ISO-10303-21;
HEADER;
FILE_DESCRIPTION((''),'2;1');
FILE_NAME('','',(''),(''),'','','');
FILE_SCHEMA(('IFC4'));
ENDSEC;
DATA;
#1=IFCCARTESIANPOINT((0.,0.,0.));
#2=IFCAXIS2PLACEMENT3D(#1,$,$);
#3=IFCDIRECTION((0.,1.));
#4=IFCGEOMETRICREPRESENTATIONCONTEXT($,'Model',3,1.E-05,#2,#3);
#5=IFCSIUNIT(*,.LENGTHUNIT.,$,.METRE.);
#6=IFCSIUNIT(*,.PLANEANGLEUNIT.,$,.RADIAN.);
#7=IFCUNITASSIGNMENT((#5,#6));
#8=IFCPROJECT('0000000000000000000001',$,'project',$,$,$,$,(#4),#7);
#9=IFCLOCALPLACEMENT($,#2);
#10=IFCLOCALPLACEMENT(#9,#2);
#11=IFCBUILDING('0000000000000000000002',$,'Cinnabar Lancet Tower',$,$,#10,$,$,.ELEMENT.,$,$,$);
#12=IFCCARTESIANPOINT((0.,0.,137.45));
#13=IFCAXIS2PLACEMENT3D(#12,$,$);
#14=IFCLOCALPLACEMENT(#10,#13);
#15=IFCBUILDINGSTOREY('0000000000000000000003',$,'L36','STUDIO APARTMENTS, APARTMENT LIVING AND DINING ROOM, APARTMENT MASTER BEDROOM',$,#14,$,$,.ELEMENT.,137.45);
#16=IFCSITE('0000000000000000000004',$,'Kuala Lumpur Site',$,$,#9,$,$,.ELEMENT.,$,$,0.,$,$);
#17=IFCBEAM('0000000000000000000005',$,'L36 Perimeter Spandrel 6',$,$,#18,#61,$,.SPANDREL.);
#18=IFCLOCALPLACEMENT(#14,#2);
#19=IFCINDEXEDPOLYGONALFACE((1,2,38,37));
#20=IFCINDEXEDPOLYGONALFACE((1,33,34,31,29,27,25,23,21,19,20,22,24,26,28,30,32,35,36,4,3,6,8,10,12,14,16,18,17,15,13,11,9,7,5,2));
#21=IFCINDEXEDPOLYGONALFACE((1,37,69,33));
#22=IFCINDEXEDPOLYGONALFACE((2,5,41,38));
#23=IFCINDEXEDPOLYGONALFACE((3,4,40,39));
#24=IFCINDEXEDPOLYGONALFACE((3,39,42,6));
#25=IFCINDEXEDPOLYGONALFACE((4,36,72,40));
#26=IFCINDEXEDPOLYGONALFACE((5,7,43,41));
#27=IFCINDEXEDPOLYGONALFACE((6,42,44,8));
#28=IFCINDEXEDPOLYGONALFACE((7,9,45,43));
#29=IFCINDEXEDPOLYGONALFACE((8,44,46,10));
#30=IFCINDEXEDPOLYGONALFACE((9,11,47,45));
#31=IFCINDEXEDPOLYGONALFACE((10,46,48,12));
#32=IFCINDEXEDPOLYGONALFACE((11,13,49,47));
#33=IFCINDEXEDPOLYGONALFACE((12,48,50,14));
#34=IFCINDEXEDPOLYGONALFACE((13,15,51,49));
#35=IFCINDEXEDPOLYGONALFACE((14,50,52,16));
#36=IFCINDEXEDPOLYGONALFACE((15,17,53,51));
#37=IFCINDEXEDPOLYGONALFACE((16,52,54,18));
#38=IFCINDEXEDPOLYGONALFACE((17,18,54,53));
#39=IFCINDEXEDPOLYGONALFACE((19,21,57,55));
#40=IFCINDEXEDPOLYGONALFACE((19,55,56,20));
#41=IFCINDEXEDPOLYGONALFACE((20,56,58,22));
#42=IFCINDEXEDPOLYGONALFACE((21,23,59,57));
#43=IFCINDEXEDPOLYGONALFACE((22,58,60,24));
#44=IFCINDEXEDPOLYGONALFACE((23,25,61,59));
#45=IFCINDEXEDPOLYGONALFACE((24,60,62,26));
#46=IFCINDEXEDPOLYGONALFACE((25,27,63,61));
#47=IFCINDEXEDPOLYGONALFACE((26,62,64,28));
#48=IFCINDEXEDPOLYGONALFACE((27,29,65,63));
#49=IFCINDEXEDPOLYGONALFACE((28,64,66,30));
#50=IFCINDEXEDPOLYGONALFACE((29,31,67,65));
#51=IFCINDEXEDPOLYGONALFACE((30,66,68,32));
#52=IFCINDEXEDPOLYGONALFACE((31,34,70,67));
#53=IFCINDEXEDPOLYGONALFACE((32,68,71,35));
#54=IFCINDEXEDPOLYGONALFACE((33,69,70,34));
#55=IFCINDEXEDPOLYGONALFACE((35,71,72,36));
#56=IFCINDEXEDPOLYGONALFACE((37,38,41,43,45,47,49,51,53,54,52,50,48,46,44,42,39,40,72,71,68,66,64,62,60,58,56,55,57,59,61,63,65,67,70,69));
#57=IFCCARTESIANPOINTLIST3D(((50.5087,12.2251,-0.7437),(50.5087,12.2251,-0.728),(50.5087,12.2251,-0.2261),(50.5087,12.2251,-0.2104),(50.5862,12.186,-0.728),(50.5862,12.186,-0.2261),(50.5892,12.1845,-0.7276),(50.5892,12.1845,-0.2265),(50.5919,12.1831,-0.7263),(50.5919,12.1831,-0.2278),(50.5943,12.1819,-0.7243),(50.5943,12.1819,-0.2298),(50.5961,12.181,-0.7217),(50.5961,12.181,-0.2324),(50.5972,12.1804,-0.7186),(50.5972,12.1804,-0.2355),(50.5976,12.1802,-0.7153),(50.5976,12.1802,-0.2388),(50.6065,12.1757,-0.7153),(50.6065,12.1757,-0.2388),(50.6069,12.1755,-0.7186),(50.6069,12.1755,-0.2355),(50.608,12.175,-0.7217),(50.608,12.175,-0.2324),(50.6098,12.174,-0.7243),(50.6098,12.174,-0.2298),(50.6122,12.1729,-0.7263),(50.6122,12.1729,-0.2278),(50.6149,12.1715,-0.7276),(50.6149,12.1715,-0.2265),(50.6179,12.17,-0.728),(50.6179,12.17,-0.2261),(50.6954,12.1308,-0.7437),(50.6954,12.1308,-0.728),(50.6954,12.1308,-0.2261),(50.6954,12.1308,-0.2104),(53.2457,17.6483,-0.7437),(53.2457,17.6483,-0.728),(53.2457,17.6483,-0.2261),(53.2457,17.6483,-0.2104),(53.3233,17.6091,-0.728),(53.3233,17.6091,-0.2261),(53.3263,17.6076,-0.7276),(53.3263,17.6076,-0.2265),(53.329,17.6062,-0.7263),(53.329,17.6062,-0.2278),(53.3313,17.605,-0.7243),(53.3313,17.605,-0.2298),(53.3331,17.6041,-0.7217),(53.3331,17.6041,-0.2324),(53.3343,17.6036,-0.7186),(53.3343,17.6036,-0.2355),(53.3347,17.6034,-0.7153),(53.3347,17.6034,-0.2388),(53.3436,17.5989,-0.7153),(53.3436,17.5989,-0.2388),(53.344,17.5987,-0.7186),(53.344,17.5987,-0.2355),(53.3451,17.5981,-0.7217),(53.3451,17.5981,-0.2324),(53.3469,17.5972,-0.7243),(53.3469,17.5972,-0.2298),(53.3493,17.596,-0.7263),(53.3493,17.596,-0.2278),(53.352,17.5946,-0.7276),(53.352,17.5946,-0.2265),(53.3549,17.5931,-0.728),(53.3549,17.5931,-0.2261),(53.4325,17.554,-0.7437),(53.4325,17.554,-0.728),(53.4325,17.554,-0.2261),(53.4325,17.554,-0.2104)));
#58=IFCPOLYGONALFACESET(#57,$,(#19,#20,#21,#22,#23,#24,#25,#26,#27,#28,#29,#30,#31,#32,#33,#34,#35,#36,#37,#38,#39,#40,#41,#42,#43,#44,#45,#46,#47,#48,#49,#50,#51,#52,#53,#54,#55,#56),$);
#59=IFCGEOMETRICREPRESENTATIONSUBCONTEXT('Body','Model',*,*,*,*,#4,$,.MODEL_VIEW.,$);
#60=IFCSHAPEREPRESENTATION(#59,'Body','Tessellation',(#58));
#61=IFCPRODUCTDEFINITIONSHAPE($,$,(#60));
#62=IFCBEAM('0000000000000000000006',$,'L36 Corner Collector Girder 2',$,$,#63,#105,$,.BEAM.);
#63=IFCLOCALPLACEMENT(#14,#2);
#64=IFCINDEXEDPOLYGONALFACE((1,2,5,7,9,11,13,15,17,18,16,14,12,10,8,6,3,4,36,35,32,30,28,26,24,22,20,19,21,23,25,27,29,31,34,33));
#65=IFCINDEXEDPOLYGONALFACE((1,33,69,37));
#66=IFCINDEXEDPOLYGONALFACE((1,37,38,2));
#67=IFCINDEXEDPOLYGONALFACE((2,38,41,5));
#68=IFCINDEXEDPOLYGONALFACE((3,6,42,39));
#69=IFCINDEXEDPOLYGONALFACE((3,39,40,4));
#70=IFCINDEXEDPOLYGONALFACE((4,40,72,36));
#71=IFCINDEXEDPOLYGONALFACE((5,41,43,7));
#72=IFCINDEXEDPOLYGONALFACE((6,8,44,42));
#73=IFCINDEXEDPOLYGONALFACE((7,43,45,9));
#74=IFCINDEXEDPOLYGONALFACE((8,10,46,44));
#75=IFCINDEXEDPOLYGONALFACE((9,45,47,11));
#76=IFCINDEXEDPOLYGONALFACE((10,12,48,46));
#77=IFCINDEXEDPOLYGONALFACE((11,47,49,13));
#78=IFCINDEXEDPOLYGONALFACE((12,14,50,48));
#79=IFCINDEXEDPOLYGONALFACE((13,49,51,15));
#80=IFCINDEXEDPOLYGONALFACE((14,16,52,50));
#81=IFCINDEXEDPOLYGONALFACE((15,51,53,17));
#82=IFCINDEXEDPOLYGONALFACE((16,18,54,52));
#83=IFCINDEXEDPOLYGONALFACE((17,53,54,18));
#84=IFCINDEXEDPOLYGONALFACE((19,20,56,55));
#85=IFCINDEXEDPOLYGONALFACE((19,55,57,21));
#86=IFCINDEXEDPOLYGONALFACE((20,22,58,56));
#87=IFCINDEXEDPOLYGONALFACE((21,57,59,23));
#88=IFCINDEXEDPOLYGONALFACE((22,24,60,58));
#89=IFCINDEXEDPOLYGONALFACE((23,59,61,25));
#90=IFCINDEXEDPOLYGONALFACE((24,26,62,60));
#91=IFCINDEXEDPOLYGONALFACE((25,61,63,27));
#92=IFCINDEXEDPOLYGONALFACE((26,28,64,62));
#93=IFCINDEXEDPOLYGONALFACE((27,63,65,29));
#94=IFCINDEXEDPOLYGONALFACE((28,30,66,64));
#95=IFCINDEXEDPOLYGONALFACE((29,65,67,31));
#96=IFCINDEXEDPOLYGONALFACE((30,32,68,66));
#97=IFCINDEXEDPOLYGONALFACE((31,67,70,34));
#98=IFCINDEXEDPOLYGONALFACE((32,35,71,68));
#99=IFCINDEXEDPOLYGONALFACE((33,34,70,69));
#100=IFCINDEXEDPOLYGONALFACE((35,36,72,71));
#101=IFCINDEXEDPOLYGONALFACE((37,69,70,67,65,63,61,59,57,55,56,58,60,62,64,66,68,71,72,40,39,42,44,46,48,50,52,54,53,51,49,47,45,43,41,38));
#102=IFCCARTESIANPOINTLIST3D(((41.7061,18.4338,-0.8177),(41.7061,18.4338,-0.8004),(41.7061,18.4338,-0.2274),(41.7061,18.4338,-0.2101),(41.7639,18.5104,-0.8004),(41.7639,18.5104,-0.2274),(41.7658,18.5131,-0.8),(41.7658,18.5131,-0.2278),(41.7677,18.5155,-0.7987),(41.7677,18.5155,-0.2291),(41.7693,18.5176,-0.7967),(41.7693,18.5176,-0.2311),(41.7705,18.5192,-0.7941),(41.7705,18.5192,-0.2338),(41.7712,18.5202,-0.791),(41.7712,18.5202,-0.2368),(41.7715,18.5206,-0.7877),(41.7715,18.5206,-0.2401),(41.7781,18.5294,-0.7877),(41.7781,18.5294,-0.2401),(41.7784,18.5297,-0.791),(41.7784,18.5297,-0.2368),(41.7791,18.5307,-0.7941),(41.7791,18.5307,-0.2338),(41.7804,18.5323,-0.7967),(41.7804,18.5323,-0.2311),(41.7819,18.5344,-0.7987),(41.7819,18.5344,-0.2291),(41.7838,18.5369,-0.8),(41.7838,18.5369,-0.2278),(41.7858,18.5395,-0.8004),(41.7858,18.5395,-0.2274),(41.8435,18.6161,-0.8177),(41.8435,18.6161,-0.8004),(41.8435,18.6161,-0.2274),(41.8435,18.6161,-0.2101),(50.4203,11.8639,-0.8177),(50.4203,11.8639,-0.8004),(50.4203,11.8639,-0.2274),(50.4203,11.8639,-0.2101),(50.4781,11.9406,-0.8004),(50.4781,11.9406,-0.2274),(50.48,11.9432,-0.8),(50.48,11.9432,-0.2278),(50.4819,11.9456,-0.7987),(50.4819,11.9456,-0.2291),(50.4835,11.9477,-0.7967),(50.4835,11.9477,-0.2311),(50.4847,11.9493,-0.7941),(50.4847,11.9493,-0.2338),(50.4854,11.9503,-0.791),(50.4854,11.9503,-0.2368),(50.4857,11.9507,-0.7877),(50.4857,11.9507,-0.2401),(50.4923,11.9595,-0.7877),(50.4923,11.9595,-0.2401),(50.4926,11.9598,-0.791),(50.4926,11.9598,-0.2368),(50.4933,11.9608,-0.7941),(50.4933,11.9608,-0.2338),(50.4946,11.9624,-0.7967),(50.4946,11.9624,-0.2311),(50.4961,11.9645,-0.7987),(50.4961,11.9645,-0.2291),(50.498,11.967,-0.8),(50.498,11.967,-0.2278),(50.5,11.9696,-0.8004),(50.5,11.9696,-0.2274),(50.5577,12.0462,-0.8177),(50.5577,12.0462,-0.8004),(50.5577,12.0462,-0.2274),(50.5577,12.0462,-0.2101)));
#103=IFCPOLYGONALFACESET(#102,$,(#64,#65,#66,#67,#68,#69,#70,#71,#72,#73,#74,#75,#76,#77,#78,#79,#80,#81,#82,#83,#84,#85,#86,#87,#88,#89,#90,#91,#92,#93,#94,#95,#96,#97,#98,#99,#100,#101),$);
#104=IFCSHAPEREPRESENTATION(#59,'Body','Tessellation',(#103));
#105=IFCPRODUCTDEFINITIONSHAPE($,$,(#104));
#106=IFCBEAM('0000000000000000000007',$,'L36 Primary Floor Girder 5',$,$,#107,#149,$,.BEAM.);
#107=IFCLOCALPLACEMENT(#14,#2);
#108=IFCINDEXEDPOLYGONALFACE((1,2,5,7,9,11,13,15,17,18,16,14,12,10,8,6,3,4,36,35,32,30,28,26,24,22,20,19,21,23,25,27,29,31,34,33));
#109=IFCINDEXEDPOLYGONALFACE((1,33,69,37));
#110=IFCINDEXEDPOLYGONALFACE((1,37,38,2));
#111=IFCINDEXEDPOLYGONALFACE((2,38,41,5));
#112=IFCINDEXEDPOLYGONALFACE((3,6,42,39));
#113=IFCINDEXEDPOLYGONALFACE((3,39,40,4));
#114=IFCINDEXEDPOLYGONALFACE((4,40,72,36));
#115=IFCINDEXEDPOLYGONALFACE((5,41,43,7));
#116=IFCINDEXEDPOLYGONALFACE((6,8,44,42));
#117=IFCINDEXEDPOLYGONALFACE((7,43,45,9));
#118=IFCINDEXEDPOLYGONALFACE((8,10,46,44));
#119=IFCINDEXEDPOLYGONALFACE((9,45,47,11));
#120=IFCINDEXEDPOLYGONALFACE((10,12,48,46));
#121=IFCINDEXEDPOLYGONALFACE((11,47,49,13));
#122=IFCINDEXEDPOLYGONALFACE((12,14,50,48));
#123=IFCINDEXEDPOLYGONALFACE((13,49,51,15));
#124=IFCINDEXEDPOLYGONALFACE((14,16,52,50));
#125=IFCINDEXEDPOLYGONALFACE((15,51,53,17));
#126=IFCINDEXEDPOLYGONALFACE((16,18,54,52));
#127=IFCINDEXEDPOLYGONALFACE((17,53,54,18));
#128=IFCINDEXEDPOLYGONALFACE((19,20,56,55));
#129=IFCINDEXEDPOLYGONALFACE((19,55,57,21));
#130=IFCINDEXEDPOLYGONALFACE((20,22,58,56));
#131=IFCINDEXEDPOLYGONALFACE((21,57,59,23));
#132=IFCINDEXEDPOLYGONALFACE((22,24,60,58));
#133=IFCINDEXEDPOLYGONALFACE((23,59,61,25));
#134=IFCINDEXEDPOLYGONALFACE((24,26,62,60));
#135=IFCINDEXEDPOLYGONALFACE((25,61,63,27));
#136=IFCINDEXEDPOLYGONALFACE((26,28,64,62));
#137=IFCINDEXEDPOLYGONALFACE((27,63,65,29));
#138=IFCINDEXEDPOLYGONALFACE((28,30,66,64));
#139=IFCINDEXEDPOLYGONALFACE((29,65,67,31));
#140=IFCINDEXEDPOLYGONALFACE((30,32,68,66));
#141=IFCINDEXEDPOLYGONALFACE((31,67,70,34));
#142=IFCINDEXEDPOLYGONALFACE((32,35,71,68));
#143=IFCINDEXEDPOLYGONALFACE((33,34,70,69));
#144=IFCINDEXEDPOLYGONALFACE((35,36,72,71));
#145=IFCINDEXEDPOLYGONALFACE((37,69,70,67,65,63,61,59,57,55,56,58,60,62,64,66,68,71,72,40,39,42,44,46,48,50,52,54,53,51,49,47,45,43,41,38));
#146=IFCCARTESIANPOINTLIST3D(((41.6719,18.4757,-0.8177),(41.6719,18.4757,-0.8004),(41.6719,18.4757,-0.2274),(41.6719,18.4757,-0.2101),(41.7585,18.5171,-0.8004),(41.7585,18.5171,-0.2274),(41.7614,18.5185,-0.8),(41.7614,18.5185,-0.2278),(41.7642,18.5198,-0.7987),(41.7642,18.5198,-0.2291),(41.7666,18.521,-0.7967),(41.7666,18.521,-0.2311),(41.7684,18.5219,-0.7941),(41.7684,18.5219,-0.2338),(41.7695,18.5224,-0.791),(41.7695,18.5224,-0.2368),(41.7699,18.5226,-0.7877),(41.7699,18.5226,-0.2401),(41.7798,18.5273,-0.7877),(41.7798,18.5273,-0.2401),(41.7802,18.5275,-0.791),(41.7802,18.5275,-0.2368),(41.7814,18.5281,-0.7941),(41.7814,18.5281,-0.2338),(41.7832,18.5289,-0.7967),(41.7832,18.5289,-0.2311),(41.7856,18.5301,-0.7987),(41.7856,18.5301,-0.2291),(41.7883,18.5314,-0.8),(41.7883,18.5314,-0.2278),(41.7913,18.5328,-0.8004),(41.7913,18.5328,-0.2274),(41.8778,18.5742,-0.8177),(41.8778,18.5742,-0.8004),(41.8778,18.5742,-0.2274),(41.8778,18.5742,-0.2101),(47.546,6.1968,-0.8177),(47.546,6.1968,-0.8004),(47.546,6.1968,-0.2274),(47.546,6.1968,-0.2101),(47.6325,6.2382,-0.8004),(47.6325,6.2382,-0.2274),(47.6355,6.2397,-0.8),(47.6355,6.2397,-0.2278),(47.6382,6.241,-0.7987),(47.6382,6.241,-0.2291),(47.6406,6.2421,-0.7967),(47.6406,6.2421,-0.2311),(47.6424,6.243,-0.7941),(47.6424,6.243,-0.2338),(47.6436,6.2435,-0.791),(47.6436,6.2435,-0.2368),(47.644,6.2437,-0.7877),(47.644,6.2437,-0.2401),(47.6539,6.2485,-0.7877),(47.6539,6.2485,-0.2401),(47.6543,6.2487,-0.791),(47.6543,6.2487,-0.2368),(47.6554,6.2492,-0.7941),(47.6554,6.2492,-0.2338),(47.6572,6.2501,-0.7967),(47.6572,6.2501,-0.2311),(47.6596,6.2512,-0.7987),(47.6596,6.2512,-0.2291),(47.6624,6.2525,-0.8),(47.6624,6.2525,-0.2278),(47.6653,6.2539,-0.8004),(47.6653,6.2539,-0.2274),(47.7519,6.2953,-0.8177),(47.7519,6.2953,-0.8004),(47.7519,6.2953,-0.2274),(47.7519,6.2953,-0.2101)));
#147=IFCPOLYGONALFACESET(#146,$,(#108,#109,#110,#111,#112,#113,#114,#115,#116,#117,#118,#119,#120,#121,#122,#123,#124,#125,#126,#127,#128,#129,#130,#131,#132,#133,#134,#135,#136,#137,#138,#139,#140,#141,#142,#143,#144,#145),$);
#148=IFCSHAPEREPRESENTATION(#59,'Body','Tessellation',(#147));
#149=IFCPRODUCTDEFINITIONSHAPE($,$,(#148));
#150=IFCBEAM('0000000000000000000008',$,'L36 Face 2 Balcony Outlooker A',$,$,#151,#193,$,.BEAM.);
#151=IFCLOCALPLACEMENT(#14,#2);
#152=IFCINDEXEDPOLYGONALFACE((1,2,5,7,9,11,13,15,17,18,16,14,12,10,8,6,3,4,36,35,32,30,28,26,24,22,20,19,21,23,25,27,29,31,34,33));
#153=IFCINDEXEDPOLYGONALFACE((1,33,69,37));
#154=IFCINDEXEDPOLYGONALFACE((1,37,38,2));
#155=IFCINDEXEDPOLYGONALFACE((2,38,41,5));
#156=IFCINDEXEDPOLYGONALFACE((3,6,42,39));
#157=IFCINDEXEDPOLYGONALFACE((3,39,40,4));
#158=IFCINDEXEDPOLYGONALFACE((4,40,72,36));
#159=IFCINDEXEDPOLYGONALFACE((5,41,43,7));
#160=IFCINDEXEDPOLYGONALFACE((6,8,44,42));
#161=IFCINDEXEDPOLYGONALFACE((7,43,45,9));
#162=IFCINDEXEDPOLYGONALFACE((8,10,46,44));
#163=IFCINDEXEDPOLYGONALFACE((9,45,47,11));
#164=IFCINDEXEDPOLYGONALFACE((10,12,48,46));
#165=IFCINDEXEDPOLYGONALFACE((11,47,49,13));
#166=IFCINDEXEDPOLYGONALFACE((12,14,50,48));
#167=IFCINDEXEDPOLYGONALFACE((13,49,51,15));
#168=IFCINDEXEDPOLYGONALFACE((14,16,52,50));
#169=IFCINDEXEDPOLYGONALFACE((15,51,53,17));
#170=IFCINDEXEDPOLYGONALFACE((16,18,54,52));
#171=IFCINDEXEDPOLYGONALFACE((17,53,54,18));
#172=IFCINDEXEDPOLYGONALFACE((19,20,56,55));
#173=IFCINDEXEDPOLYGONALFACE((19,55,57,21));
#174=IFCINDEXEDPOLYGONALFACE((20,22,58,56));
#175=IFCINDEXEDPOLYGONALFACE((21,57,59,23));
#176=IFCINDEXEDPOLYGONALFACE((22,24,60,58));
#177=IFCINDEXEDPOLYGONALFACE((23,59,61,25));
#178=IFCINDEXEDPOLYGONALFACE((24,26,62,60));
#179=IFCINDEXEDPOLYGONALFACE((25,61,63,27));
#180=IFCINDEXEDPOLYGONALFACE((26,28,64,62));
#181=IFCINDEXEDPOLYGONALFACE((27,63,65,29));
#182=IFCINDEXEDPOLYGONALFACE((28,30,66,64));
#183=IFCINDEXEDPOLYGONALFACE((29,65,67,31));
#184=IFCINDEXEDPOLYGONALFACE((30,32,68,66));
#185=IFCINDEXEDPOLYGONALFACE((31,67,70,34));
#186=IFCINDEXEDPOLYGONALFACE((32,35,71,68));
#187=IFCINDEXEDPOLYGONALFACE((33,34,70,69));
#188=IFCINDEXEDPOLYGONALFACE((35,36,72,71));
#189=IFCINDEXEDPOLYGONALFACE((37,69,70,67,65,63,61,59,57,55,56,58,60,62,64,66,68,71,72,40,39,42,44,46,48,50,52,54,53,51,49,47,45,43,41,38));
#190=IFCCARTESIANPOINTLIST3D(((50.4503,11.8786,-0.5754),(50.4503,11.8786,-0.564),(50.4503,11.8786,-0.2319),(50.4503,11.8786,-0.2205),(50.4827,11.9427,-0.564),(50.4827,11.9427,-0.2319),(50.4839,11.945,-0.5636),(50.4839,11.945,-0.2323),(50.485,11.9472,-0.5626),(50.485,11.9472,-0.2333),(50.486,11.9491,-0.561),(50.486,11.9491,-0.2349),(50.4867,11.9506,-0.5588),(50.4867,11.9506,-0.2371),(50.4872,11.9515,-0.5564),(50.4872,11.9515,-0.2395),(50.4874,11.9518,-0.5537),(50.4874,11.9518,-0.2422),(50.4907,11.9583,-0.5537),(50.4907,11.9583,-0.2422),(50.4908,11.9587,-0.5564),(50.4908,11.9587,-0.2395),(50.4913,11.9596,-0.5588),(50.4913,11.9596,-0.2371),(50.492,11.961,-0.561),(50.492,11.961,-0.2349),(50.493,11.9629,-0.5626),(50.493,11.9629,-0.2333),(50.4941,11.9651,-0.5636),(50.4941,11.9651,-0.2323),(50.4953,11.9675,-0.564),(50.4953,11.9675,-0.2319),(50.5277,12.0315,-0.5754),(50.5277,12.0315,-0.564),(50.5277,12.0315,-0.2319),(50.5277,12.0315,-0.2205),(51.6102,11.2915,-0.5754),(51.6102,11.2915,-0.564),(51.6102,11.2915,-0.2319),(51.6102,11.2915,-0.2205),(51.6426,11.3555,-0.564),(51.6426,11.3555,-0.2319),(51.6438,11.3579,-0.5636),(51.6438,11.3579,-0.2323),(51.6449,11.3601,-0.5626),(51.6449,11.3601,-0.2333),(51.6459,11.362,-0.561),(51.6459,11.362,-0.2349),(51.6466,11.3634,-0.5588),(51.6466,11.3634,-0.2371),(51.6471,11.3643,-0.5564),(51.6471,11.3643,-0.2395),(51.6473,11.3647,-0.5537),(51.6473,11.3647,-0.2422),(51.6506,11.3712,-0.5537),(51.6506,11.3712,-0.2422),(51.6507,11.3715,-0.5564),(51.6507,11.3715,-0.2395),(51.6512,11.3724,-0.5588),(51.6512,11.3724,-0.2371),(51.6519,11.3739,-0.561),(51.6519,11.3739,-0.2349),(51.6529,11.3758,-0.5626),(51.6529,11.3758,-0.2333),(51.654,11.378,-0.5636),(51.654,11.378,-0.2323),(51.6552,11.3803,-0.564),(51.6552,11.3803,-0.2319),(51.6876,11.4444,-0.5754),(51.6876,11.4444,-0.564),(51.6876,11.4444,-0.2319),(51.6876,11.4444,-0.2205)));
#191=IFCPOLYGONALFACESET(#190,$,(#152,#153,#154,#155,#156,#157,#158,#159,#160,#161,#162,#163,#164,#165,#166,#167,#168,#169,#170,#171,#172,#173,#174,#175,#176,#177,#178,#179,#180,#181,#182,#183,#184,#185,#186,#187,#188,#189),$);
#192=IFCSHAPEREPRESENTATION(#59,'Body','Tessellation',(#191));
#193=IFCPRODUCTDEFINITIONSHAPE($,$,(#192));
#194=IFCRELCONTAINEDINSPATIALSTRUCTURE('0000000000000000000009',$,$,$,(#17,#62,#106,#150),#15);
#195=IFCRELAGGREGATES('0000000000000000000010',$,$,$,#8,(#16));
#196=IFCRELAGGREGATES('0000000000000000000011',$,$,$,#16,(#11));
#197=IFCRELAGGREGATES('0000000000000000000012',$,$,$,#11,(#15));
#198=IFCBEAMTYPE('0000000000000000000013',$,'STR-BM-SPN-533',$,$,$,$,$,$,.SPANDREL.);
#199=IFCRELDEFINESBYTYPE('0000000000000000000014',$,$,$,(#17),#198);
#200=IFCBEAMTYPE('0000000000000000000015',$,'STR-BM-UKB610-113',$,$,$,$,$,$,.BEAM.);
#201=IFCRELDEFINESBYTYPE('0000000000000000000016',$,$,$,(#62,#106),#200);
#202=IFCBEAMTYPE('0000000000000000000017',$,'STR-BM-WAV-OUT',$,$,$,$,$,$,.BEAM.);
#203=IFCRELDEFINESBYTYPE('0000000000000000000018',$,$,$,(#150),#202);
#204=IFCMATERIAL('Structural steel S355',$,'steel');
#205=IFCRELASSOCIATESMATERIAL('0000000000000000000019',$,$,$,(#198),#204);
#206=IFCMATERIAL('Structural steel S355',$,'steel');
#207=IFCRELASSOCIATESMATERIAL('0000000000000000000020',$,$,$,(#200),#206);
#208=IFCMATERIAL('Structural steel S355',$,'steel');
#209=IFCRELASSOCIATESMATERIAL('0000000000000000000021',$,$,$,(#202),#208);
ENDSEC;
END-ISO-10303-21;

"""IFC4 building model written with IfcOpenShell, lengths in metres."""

from ifc_helpers import new_model, si_unit, direction, frame, origin, origin_2d, place, context, subcontext, project, spatial, i_section, extrude, material, material_profile, profile_set, type_object, element, save


model = new_model("IFC4")

# Units and contexts
model_context = context("Model", 3, precision=1e-05, world=origin(), true_north=direction((0.0, 1.0)))
body_context = subcontext(model_context, "Body", "Model", "MODEL_VIEW")
ifc_project = project(units=[si_unit("LENGTHUNIT", "METRE"), si_unit("PLANEANGLEUNIT", "RADIAN")], contexts=[model_context])

# Site, building, storey
site_placement = place(None, origin())
site = spatial("IfcSite", under=ifc_project, at=site_placement, Name="Kuala Lumpur Site", CompositionType="ELEMENT", RefElevation=0.0)
building_placement = place(site_placement, origin())
building = spatial("IfcBuilding", under=site, at=building_placement, Name="Cinnabar Lancet Tower", CompositionType="ELEMENT")
storey_placement = place(building_placement, frame((0.0, 0.0, 137.45)))
storey = spatial("IfcBuildingStorey", under=building, at=storey_placement, Name="L36", Description="STUDIO APARTMENTS, APARTMENT LIVING AND DINING ROOM, APARTMENT MASTER BEDROOM", CompositionType="ELEMENT", Elevation=137.45)

# Beams
ifc_material_1 = material(Name="Structural steel S355", Category="steel")
ifc_material_profile_1 = material_profile(ifc_material_1, i_section(OverallWidth=0.2092, OverallDepth=0.5332, WebThickness=0.01, FlangeThickness=0.0156, FilletRadius=0.0127, at=origin_2d()), Name="UKB 533x210x92")
ifc_profile_set_1 = profile_set([ifc_material_profile_1], Name="Structural steel S355")
beam_type_1 = type_object("IfcBeamType", Name="STR-BM-SPN-533", PredefinedType="SPANDREL", material=ifc_profile_set_1)
beam_1_placement = place(storey_placement, frame((50.6021, 12.178, -0.4771), z_axis=(0.45057, 0.892741, 0.0), x_axis=(-0.892741, 0.45057, 0.0)))
element("IfcBeam", 1, at=beam_1_placement, inside=storey, type_object=beam_type_1, Name="L36 Perimeter Spandrel 6", PredefinedType="SPANDREL", context=body_context, shape_type="SweptSolid", body=[
    extrude(i_section(OverallWidth=0.2092, OverallDepth=0.5332, WebThickness=0.01, FlangeThickness=0.0156, FilletRadius=0.0127, at=origin_2d()), origin(), (0.0, 0.0, 1.0), 6.0747),
])
ifc_material_2 = material(Name="Structural steel S355", Category="steel")
ifc_material_profile_2 = material_profile(ifc_material_2, i_section(OverallWidth=0.2283, OverallDepth=0.6077, WebThickness=0.011, FlangeThickness=0.0173, FilletRadius=0.0127, at=origin_2d()), Name="UKB 610x229x113")
ifc_profile_set_2 = profile_set([ifc_material_profile_2], Name="Structural steel S355")
beam_type_2 = type_object("IfcBeamType", Name="STR-BM-UKB610-113", PredefinedType="BEAM", material=ifc_profile_set_2)
beam_2_placement = place(storey_placement, frame((50.489, 11.9551, -0.5139), z_axis=(-0.798491, 0.602006, 0.0), x_axis=(-0.602006, -0.798491, 0.0)))
element("IfcBeam", 2, at=beam_2_placement, inside=storey, type_object=beam_type_2, Name="L36 Corner Collector Girder 2", PredefinedType="BEAM", context=body_context, shape_type="SweptSolid", body=[
    extrude(i_section(OverallWidth=0.2283, OverallDepth=0.6077, WebThickness=0.011, FlangeThickness=0.0173, FilletRadius=0.0127, at=origin_2d()), origin(), (0.0, 0.0, 1.0), 10.9133),
])
beam_3_placement = place(storey_placement, frame((47.6489, 6.2461, -0.5139), z_axis=(-0.431548, 0.90209, 0.0), x_axis=(-0.90209, -0.431548, 0.0)))
element("IfcBeam", 3, at=beam_3_placement, inside=storey, type_object=beam_type_2, Name="L36 Primary Floor Girder 5", PredefinedType="BEAM", context=body_context, shape_type="SweptSolid", body=[
    extrude(i_section(OverallWidth=0.2283, OverallDepth=0.6077, WebThickness=0.011, FlangeThickness=0.0173, FilletRadius=0.0127, at=origin_2d()), origin(), (0.0, 0.0, 1.0), 13.6116),
])
ifc_material_3 = material(Name="Structural steel S355", Category="steel")
ifc_material_profile_3 = material_profile(ifc_material_3, i_section(OverallWidth=0.1714, OverallDepth=0.355, WebThickness=0.0073, FlangeThickness=0.0115, FilletRadius=0.0103, at=origin_2d()), Name="UKB 356x171x51")
ifc_profile_set_3 = profile_set([ifc_material_profile_3], Name="Structural steel S355")
beam_type_3 = type_object("IfcBeamType", Name="STR-BM-WAV-OUT", PredefinedType="BEAM", material=ifc_profile_set_3)
beam_4_placement = place(storey_placement, frame((50.489, 11.9551, -0.3979), z_axis=(0.8922, -0.45164, 0.0), x_axis=(0.45164, 0.8922, 0.0)))
element("IfcBeam", 4, at=beam_4_placement, inside=storey, type_object=beam_type_3, Name="L36 Face 2 Balcony Outlooker A", PredefinedType="BEAM", context=body_context, shape_type="SweptSolid", body=[
    extrude(i_section(OverallWidth=0.1714, OverallDepth=0.355, WebThickness=0.0073, FlangeThickness=0.0115, FilletRadius=0.0103, at=origin_2d()), origin(), (0.0, 0.0, 1.0), 1.3),
])

save(model, "model.ifc")
